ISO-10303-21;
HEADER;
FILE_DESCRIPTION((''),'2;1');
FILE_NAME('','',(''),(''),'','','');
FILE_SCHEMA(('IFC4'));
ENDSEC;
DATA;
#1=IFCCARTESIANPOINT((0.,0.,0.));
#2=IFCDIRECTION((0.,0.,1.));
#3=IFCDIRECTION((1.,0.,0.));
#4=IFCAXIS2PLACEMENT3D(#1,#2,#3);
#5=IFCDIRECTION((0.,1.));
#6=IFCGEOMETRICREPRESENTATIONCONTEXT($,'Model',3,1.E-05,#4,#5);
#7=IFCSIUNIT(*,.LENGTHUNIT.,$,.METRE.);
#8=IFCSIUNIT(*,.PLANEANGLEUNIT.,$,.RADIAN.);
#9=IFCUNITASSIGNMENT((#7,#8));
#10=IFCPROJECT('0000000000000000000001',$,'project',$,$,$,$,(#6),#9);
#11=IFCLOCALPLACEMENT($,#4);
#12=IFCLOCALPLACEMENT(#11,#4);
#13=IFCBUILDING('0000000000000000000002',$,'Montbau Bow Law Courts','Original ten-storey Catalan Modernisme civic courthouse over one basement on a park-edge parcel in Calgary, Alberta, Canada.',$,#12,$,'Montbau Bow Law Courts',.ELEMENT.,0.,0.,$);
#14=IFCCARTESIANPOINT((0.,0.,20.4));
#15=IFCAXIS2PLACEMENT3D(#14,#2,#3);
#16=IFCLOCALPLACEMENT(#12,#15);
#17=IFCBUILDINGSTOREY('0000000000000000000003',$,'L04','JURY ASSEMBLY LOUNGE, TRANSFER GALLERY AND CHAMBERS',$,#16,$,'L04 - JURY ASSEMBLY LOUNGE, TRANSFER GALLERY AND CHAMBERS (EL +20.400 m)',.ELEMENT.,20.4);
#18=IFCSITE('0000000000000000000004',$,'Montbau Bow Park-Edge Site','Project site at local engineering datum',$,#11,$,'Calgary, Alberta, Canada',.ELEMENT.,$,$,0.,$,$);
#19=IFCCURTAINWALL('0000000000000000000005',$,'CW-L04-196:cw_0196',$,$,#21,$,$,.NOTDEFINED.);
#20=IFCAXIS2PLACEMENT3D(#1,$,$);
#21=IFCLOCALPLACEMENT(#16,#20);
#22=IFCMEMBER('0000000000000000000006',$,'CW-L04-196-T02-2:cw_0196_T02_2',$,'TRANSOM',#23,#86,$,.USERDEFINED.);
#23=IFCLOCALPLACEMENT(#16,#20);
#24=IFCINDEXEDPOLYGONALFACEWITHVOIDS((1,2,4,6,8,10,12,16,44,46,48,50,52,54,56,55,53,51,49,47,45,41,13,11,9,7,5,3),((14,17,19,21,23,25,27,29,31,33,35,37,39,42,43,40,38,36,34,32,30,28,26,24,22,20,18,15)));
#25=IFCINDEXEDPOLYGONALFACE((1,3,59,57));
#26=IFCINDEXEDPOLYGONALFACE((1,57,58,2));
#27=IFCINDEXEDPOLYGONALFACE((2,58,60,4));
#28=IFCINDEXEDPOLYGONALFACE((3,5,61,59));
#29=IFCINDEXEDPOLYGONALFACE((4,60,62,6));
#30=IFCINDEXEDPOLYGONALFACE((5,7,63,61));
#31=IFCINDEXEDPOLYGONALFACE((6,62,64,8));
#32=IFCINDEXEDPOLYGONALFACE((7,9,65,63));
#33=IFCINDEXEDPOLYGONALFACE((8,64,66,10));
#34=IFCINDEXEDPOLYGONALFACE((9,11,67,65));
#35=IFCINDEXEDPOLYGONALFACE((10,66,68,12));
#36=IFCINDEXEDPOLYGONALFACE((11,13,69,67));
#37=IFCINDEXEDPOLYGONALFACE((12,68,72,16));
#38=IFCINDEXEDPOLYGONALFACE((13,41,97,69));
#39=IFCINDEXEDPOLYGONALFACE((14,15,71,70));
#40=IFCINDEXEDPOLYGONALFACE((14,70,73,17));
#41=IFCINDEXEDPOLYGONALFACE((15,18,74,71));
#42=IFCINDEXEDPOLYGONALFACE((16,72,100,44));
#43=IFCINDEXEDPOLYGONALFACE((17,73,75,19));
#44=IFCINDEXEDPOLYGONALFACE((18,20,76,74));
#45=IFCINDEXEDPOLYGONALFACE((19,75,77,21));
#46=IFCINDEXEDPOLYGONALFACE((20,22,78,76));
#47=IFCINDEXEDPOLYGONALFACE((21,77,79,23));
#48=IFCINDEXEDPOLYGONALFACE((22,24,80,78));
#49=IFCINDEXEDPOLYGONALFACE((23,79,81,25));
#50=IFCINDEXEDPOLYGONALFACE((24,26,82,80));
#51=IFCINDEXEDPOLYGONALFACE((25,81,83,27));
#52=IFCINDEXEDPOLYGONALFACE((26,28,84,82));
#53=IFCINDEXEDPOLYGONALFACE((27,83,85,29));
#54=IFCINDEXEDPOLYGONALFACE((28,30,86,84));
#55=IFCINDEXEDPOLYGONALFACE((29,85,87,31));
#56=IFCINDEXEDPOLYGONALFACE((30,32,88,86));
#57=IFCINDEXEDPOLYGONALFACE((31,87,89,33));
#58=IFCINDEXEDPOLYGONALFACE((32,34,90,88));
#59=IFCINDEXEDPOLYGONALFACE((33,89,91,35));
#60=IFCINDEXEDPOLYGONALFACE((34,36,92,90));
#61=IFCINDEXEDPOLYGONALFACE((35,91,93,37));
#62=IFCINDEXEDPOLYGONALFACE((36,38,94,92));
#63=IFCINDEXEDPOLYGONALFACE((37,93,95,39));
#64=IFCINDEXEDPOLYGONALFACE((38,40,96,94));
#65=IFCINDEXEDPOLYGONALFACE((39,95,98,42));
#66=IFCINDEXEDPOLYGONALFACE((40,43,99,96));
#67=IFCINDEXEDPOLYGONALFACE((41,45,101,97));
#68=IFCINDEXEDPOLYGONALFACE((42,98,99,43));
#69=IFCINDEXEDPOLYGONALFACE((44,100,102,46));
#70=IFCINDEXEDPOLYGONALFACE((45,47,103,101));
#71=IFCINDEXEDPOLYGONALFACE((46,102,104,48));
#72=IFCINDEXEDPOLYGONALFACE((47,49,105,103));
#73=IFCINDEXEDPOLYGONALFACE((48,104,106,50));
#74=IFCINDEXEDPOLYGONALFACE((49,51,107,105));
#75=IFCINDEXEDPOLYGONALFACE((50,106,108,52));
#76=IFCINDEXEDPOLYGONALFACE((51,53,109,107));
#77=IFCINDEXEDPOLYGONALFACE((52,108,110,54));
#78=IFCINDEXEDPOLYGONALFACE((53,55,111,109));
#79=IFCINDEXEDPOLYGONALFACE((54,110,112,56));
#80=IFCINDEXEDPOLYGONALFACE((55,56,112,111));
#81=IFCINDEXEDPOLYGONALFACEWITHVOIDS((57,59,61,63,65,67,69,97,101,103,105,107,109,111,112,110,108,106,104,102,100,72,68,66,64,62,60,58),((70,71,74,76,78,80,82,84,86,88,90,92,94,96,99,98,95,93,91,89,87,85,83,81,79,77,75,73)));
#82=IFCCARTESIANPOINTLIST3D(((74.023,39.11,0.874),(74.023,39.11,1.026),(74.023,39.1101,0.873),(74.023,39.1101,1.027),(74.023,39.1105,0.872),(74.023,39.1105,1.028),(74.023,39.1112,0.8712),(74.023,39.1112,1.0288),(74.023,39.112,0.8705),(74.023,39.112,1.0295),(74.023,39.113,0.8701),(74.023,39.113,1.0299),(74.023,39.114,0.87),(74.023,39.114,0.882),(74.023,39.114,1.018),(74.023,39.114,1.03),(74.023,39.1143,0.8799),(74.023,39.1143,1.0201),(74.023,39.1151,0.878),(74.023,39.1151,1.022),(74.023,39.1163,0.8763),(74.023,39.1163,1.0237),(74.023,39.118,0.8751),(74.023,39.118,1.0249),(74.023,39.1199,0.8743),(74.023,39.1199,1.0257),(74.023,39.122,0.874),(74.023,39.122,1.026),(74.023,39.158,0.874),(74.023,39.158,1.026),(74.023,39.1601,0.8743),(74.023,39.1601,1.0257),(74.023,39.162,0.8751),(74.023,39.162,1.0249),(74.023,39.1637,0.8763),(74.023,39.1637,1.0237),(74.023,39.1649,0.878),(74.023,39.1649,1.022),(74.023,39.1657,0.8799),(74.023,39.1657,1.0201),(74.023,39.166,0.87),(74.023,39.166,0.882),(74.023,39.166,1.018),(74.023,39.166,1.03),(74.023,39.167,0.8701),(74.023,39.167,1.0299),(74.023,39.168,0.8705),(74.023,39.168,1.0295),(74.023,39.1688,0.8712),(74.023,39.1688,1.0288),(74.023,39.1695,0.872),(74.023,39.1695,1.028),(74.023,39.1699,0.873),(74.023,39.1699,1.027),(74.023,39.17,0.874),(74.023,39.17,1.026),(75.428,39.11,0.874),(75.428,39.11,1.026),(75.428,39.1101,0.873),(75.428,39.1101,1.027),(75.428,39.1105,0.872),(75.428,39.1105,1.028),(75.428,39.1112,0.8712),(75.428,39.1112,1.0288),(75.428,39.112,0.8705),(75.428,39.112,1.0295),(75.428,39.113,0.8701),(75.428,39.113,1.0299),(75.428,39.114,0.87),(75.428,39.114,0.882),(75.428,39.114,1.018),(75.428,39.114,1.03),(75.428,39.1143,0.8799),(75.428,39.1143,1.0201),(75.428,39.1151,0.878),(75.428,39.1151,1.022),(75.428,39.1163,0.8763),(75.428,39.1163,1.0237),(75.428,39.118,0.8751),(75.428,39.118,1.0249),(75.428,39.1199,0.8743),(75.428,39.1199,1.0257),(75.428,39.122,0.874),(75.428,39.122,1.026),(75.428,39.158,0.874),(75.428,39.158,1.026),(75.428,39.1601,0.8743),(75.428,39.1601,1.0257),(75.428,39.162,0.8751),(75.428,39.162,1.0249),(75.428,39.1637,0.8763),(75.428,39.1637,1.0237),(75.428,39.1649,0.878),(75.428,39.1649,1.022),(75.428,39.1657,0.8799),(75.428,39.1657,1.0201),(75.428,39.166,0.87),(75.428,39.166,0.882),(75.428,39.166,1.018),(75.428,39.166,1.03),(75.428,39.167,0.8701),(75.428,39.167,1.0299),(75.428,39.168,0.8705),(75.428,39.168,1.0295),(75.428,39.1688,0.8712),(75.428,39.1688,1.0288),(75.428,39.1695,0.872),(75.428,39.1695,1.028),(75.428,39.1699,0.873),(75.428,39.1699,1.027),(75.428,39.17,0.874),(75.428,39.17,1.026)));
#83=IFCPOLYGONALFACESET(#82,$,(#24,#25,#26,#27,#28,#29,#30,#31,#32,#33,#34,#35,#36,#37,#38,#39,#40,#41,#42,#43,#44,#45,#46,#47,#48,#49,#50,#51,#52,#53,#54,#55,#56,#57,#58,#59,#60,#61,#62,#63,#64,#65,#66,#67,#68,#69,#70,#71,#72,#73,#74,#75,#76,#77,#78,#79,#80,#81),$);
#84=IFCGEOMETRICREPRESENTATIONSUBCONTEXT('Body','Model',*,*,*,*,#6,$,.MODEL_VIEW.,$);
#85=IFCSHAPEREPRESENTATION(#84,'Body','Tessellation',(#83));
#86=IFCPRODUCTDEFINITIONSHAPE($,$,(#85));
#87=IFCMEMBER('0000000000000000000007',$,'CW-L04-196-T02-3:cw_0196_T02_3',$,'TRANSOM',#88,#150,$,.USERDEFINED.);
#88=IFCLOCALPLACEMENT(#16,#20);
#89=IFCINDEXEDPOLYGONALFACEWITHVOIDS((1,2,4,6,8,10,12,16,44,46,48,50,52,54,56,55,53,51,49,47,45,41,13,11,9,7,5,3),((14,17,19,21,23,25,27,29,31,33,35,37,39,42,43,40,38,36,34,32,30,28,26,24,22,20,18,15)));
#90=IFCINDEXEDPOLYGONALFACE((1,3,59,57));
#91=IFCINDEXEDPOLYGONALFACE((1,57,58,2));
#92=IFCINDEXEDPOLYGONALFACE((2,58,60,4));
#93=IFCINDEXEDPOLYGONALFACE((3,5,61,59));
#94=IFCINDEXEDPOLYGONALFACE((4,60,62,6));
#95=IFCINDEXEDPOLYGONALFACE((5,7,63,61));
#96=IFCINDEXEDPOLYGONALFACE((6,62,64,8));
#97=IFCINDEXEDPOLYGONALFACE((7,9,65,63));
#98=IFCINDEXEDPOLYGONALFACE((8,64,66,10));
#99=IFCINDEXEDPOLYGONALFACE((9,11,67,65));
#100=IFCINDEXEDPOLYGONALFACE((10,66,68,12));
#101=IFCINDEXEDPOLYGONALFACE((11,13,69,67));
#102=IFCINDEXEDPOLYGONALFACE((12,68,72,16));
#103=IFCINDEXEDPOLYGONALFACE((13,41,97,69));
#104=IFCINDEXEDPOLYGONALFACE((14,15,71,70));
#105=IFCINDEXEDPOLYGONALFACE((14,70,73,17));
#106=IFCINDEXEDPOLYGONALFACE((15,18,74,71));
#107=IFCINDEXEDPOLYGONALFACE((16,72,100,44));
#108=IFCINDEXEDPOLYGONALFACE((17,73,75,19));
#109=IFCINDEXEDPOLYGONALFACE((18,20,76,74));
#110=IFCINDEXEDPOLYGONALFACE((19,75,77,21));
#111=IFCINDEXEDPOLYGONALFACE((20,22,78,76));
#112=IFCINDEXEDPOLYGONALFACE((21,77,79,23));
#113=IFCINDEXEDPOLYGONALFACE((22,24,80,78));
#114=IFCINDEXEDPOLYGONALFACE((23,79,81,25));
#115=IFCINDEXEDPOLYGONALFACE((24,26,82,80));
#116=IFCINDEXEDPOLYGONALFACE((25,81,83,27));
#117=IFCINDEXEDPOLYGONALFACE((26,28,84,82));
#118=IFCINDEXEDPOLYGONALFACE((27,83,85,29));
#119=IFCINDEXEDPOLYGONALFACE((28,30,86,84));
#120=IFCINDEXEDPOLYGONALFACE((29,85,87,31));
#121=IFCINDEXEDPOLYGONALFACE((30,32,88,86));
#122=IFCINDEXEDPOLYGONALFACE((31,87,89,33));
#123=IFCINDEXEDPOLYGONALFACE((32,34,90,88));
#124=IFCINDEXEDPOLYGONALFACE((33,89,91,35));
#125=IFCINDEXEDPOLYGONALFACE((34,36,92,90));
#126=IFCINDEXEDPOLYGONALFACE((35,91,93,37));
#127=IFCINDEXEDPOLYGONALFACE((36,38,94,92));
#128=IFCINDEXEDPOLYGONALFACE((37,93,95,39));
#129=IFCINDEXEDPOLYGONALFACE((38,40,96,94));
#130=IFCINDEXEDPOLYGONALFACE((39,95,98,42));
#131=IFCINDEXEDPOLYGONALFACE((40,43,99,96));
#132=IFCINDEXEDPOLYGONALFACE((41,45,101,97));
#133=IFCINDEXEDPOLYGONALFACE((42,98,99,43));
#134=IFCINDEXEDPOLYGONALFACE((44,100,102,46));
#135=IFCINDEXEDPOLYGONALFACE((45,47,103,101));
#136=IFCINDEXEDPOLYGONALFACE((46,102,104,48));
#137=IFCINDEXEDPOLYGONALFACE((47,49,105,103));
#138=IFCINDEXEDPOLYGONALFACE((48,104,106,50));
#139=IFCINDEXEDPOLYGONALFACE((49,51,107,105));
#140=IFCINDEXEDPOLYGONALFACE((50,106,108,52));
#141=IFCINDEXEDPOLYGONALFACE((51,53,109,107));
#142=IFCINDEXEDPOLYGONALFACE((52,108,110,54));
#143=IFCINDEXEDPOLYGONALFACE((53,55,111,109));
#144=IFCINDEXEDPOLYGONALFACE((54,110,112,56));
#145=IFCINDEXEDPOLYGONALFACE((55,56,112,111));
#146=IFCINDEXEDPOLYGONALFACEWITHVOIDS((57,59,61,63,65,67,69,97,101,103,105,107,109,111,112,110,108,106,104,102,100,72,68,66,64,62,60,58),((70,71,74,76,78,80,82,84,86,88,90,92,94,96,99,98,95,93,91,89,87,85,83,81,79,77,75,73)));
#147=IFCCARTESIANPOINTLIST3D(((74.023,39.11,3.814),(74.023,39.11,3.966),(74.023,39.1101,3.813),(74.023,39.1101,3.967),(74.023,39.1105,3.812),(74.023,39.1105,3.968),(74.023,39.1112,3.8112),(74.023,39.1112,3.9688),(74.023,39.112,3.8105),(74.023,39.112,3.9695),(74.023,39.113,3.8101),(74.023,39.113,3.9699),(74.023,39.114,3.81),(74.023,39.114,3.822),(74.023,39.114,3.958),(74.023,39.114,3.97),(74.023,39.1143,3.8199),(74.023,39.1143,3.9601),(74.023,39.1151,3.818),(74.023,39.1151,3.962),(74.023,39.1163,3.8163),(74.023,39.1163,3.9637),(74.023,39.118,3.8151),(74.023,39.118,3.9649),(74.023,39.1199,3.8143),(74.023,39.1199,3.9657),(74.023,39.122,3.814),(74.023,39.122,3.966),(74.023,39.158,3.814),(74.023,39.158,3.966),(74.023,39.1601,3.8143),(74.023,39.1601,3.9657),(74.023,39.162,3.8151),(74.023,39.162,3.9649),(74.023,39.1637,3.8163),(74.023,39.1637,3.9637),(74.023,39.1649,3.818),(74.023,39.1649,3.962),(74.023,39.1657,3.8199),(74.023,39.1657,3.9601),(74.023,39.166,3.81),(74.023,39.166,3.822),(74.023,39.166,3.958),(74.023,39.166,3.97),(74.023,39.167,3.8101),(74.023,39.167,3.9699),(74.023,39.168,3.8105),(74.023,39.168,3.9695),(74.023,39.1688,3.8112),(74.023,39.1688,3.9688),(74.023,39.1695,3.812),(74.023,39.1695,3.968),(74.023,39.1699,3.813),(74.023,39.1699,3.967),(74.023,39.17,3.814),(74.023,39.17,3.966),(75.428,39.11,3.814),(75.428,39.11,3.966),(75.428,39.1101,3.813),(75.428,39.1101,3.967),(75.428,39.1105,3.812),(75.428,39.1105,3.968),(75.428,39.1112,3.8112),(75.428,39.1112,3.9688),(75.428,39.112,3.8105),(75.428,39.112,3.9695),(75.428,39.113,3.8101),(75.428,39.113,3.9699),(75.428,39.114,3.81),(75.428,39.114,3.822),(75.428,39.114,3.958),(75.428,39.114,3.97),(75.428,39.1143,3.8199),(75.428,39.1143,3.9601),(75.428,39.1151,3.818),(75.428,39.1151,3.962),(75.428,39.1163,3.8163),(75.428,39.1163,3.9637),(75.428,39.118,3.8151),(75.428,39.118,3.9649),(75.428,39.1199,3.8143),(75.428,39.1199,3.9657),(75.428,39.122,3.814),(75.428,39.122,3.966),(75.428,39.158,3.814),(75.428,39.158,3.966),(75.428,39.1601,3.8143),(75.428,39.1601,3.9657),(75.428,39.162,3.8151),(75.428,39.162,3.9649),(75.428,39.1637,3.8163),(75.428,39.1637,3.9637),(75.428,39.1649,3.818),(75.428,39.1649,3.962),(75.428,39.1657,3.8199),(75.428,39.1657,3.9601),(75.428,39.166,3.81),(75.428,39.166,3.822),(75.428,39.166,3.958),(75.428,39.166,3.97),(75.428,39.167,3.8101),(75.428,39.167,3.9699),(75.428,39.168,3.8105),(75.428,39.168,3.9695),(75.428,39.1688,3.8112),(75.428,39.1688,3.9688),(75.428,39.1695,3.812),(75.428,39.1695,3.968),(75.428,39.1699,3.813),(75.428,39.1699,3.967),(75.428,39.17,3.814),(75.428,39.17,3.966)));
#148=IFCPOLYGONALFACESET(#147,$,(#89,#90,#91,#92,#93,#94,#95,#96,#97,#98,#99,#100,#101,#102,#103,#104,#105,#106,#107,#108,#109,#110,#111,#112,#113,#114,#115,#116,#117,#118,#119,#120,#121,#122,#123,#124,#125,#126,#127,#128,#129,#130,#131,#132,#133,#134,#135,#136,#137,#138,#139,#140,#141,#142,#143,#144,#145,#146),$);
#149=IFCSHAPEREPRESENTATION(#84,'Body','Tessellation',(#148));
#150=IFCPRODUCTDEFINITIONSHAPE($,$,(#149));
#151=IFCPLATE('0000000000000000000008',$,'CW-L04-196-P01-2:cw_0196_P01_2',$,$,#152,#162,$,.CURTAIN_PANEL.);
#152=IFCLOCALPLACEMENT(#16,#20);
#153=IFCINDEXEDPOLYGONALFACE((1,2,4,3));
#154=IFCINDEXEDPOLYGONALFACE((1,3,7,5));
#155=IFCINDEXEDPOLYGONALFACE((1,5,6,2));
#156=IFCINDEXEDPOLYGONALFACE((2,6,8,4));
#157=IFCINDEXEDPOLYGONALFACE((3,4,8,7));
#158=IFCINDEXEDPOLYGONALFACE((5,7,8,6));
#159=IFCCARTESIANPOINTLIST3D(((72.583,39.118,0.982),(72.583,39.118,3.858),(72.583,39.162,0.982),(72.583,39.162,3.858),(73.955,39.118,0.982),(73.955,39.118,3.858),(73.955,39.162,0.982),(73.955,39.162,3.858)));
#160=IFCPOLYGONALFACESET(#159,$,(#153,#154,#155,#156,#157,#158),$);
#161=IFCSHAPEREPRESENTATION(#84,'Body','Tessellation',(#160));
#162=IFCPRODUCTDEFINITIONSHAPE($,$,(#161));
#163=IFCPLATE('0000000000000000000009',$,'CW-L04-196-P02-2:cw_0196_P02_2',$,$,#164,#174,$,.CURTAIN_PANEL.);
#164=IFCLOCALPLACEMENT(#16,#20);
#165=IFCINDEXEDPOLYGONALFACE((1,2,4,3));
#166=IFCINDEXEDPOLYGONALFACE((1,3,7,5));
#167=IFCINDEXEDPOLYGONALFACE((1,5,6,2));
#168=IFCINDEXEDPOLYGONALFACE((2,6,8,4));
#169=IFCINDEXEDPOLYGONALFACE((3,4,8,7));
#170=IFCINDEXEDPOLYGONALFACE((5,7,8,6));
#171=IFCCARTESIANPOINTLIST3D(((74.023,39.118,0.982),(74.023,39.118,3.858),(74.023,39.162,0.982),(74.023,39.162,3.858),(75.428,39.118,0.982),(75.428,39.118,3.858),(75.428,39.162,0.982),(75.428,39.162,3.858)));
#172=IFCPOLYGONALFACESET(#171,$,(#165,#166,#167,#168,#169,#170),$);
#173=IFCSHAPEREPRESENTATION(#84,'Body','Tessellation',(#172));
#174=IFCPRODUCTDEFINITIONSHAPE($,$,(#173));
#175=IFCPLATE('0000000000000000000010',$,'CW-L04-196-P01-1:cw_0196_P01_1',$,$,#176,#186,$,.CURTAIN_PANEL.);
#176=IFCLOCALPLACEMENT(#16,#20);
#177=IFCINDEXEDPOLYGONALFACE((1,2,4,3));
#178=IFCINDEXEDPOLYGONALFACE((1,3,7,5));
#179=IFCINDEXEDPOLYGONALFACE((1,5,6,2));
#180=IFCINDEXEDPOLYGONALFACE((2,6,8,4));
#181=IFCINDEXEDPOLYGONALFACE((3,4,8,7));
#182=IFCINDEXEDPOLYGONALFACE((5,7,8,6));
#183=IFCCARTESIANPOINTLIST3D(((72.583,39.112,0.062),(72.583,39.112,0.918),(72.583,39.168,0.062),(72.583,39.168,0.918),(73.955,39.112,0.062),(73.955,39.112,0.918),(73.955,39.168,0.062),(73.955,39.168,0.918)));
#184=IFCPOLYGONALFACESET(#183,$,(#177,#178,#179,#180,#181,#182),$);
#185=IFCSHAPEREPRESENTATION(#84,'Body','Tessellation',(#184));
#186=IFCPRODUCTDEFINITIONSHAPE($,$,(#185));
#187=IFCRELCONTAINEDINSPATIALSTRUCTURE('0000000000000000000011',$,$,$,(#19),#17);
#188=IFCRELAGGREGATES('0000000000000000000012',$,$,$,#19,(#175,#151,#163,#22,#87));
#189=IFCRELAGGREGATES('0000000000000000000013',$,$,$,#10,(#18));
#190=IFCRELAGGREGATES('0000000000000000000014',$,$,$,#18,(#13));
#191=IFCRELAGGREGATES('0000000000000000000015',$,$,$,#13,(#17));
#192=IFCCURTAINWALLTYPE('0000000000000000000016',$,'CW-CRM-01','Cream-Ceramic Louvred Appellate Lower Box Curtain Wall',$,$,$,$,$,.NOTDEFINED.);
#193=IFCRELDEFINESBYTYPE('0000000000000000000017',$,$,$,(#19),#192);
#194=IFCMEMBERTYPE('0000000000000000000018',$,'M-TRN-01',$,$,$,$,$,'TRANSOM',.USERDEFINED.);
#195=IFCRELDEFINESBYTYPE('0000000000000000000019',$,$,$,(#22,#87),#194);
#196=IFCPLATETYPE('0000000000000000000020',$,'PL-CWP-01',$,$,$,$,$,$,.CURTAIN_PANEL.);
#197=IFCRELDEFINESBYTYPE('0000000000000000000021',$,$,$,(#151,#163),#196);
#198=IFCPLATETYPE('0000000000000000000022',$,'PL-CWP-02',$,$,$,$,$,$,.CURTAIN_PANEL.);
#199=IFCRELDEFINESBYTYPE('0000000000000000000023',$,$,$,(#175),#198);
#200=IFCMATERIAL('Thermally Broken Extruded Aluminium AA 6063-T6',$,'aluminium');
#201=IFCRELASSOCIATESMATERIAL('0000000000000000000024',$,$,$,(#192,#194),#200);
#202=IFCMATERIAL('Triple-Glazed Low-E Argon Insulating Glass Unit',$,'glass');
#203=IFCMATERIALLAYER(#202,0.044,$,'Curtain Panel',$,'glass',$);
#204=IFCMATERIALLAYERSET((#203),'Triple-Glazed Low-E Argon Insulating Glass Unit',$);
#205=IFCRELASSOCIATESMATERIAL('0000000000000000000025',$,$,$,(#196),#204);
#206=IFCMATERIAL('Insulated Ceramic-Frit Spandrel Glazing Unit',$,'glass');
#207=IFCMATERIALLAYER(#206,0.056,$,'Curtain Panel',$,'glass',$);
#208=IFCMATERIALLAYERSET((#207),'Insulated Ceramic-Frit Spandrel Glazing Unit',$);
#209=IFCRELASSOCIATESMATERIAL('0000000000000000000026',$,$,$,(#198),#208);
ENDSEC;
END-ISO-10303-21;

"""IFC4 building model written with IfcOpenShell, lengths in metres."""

from ifc_helpers import new_model, si_unit, direction, frame, frame_2d, origin_with_axes, origin_2d_with_axis, place, context, subcontext, project, spatial, rectangle, hollow_rectangle, extrude, material, layer, layer_set, material_profile, profile_set, type_object, element, aggregate, save


model = new_model("IFC4")

# Units and contexts
model_context = context("Model", 3, precision=1e-05, world=origin_with_axes(), true_north=direction((0.0, 1.0)))
body_context = subcontext(model_context, "Body", "Model", "MODEL_VIEW")
ifc_project = project(units=[si_unit("LENGTHUNIT", "METRE"), si_unit("PLANEANGLEUNIT", "RADIAN")], contexts=[model_context])

# Site, building, storey
site_placement = place(None, origin_with_axes())
site = spatial("IfcSite", under=ifc_project, at=site_placement, Name="Montbau Bow Park-Edge Site", Description="Project site at local engineering datum", LongName="Calgary, Alberta, Canada", CompositionType="ELEMENT", RefElevation=0.0)
building_placement = place(site_placement, origin_with_axes())
building = spatial("IfcBuilding", under=site, at=building_placement, Name="Montbau Bow Law Courts", Description="Original ten-storey Catalan Modernisme civic courthouse over one basement on a park-edge parcel in Calgary, Alberta, Canada.", LongName="Montbau Bow Law Courts", CompositionType="ELEMENT", ElevationOfRefHeight=0.0, ElevationOfTerrain=0.0)
storey_placement = place(building_placement, frame((0.0, 0.0, 20.4), z_axis=(0.0, 0.0, 1.0), x_axis=(1.0, 0.0, 0.0)))
storey = spatial("IfcBuildingStorey", under=building, at=storey_placement, Name="L04", Description="JURY ASSEMBLY LOUNGE, TRANSFER GALLERY AND CHAMBERS", LongName="L04 - JURY ASSEMBLY LOUNGE, TRANSFER GALLERY AND CHAMBERS (EL +20.400 m)", CompositionType="ELEMENT", Elevation=20.4)

# Shared definitions
ifc_material_1 = material(Name="Thermally Broken Extruded Aluminium AA 6063-T6", Category="aluminium")
curtain_wall_type = type_object("IfcCurtainWallType", Name="CW-CRM-01", Description="Cream-Ceramic Louvred Appellate Lower Box Curtain Wall", PredefinedType="NOTDEFINED", material=ifc_material_1)

# Curtain wall, members, plates
curtain_wall_1_placement = place(None, frame((72.515, 39.14, 20.4), z_axis=(0.0, 0.0, 1.0), x_axis=(1.0, 0.0, 0.0)))
curtain_wall_1 = element("IfcCurtainWall", 1, at=curtain_wall_1_placement, inside=storey, type_object=curtain_wall_type, Name="CW-L04-196:cw_0196", PredefinedType="NOTDEFINED")
ifc_material_profile_1 = material_profile(ifc_material_1, hollow_rectangle(XDim=0.06, YDim=0.16, WallThickness=0.004, InnerFilletRadius=0.008, OuterFilletRadius=0.004, at=origin_2d_with_axis()), Name="CWT-160X60", Category="Main", Priority=0)
ifc_profile_set_1 = profile_set([ifc_material_profile_1], Name="Thermally Broken Extruded Aluminium AA 6063-T6")
member_type_1 = type_object("IfcMemberType", Name="M-TRN-01", ElementType="TRANSOM", PredefinedType="USERDEFINED", material=ifc_profile_set_1)
member_1_placement = place(None, frame((74.023, 39.14, 21.35), z_axis=(1.0, 0.0, 0.0), x_axis=(0.0, 1.0, 0.0)))
member_1 = element("IfcMember", 2, at=member_1_placement, type_object=member_type_1, Name="CW-L04-196-T02-2:cw_0196_T02_2", ObjectType="TRANSOM", PredefinedType="USERDEFINED", context=body_context, shape_type="SweptSolid", body=[
    extrude(hollow_rectangle(XDim=0.06, YDim=0.16, WallThickness=0.004, InnerFilletRadius=0.008, OuterFilletRadius=0.004, at=origin_2d_with_axis()), origin_with_axes(), (0.0, 0.0, 1.0), 1.405),
])
member_2_placement = place(None, frame((74.023, 39.14, 24.29), z_axis=(1.0, 0.0, 0.0), x_axis=(0.0, 1.0, 0.0)))
member_2 = element("IfcMember", 3, at=member_2_placement, type_object=member_type_1, Name="CW-L04-196-T02-3:cw_0196_T02_3", ObjectType="TRANSOM", PredefinedType="USERDEFINED", context=body_context, shape_type="SweptSolid", body=[
    extrude(hollow_rectangle(XDim=0.06, YDim=0.16, WallThickness=0.004, InnerFilletRadius=0.008, OuterFilletRadius=0.004, at=origin_2d_with_axis()), origin_with_axes(), (0.0, 0.0, 1.0), 1.405),
])
ifc_material_2 = material(Name="Triple-Glazed Low-E Argon Insulating Glass Unit", Category="glass")
ifc_layer_1 = layer(ifc_material_2, 0.044, Name="Curtain Panel", Category="glass")
ifc_layer_set_1 = layer_set([ifc_layer_1], Name="Triple-Glazed Low-E Argon Insulating Glass Unit")
plate_type_1 = type_object("IfcPlateType", Name="PL-CWP-01", PredefinedType="CURTAIN_PANEL", material=ifc_layer_set_1)
plate_1_placement = place(None, frame((72.583, 39.14, 21.382), z_axis=(0.0, -1.0, 0.0), x_axis=(1.0, 0.0, 0.0)))
plate_1 = element("IfcPlate", 4, at=plate_1_placement, type_object=plate_type_1, Name="CW-L04-196-P01-2:cw_0196_P01_2", PredefinedType="CURTAIN_PANEL", context=body_context, shape_type="SweptSolid", body=[
    extrude(rectangle(XDim=1.372, YDim=2.876, at=frame_2d((0.686, 1.438), x_axis=(1.0, 0.0))), frame((0.0, 0.0, -0.022), z_axis=(0.0, 0.0, 1.0), x_axis=(1.0, 0.0, 0.0)), (0.0, 0.0, 1.0), 0.044),
])
plate_2_placement = place(None, frame((74.023, 39.14, 21.382), z_axis=(0.0, -1.0, 0.0), x_axis=(1.0, 0.0, 0.0)))
plate_2 = element("IfcPlate", 5, at=plate_2_placement, type_object=plate_type_1, Name="CW-L04-196-P02-2:cw_0196_P02_2", PredefinedType="CURTAIN_PANEL", context=body_context, shape_type="SweptSolid", body=[
    extrude(rectangle(XDim=1.405, YDim=2.876, at=frame_2d((0.7025, 1.438), x_axis=(1.0, 0.0))), frame((0.0, 0.0, -0.022), z_axis=(0.0, 0.0, 1.0), x_axis=(1.0, 0.0, 0.0)), (0.0, 0.0, 1.0), 0.044),
])
ifc_material_3 = material(Name="Insulated Ceramic-Frit Spandrel Glazing Unit", Category="glass")
ifc_layer_2 = layer(ifc_material_3, 0.056, Name="Curtain Panel", Category="glass")
ifc_layer_set_2 = layer_set([ifc_layer_2], Name="Insulated Ceramic-Frit Spandrel Glazing Unit")
plate_type_2 = type_object("IfcPlateType", Name="PL-CWP-02", PredefinedType="CURTAIN_PANEL", material=ifc_layer_set_2)
plate_3_placement = place(None, frame((72.583, 39.14, 20.462), z_axis=(0.0, -1.0, 0.0), x_axis=(1.0, 0.0, 0.0)))
plate_3 = element("IfcPlate", 6, at=plate_3_placement, type_object=plate_type_2, Name="CW-L04-196-P01-1:cw_0196_P01_1", PredefinedType="CURTAIN_PANEL", context=body_context, shape_type="SweptSolid", body=[
    extrude(rectangle(XDim=1.372, YDim=0.856, at=frame_2d((0.686, 0.428), x_axis=(1.0, 0.0))), frame((0.0, 0.0, -0.028), z_axis=(0.0, 0.0, 1.0), x_axis=(1.0, 0.0, 0.0)), (0.0, 0.0, 1.0), 0.056),
])
aggregate(curtain_wall_1, [plate_3, plate_1, plate_2, member_1, member_2])

save(model, "model.ifc")
